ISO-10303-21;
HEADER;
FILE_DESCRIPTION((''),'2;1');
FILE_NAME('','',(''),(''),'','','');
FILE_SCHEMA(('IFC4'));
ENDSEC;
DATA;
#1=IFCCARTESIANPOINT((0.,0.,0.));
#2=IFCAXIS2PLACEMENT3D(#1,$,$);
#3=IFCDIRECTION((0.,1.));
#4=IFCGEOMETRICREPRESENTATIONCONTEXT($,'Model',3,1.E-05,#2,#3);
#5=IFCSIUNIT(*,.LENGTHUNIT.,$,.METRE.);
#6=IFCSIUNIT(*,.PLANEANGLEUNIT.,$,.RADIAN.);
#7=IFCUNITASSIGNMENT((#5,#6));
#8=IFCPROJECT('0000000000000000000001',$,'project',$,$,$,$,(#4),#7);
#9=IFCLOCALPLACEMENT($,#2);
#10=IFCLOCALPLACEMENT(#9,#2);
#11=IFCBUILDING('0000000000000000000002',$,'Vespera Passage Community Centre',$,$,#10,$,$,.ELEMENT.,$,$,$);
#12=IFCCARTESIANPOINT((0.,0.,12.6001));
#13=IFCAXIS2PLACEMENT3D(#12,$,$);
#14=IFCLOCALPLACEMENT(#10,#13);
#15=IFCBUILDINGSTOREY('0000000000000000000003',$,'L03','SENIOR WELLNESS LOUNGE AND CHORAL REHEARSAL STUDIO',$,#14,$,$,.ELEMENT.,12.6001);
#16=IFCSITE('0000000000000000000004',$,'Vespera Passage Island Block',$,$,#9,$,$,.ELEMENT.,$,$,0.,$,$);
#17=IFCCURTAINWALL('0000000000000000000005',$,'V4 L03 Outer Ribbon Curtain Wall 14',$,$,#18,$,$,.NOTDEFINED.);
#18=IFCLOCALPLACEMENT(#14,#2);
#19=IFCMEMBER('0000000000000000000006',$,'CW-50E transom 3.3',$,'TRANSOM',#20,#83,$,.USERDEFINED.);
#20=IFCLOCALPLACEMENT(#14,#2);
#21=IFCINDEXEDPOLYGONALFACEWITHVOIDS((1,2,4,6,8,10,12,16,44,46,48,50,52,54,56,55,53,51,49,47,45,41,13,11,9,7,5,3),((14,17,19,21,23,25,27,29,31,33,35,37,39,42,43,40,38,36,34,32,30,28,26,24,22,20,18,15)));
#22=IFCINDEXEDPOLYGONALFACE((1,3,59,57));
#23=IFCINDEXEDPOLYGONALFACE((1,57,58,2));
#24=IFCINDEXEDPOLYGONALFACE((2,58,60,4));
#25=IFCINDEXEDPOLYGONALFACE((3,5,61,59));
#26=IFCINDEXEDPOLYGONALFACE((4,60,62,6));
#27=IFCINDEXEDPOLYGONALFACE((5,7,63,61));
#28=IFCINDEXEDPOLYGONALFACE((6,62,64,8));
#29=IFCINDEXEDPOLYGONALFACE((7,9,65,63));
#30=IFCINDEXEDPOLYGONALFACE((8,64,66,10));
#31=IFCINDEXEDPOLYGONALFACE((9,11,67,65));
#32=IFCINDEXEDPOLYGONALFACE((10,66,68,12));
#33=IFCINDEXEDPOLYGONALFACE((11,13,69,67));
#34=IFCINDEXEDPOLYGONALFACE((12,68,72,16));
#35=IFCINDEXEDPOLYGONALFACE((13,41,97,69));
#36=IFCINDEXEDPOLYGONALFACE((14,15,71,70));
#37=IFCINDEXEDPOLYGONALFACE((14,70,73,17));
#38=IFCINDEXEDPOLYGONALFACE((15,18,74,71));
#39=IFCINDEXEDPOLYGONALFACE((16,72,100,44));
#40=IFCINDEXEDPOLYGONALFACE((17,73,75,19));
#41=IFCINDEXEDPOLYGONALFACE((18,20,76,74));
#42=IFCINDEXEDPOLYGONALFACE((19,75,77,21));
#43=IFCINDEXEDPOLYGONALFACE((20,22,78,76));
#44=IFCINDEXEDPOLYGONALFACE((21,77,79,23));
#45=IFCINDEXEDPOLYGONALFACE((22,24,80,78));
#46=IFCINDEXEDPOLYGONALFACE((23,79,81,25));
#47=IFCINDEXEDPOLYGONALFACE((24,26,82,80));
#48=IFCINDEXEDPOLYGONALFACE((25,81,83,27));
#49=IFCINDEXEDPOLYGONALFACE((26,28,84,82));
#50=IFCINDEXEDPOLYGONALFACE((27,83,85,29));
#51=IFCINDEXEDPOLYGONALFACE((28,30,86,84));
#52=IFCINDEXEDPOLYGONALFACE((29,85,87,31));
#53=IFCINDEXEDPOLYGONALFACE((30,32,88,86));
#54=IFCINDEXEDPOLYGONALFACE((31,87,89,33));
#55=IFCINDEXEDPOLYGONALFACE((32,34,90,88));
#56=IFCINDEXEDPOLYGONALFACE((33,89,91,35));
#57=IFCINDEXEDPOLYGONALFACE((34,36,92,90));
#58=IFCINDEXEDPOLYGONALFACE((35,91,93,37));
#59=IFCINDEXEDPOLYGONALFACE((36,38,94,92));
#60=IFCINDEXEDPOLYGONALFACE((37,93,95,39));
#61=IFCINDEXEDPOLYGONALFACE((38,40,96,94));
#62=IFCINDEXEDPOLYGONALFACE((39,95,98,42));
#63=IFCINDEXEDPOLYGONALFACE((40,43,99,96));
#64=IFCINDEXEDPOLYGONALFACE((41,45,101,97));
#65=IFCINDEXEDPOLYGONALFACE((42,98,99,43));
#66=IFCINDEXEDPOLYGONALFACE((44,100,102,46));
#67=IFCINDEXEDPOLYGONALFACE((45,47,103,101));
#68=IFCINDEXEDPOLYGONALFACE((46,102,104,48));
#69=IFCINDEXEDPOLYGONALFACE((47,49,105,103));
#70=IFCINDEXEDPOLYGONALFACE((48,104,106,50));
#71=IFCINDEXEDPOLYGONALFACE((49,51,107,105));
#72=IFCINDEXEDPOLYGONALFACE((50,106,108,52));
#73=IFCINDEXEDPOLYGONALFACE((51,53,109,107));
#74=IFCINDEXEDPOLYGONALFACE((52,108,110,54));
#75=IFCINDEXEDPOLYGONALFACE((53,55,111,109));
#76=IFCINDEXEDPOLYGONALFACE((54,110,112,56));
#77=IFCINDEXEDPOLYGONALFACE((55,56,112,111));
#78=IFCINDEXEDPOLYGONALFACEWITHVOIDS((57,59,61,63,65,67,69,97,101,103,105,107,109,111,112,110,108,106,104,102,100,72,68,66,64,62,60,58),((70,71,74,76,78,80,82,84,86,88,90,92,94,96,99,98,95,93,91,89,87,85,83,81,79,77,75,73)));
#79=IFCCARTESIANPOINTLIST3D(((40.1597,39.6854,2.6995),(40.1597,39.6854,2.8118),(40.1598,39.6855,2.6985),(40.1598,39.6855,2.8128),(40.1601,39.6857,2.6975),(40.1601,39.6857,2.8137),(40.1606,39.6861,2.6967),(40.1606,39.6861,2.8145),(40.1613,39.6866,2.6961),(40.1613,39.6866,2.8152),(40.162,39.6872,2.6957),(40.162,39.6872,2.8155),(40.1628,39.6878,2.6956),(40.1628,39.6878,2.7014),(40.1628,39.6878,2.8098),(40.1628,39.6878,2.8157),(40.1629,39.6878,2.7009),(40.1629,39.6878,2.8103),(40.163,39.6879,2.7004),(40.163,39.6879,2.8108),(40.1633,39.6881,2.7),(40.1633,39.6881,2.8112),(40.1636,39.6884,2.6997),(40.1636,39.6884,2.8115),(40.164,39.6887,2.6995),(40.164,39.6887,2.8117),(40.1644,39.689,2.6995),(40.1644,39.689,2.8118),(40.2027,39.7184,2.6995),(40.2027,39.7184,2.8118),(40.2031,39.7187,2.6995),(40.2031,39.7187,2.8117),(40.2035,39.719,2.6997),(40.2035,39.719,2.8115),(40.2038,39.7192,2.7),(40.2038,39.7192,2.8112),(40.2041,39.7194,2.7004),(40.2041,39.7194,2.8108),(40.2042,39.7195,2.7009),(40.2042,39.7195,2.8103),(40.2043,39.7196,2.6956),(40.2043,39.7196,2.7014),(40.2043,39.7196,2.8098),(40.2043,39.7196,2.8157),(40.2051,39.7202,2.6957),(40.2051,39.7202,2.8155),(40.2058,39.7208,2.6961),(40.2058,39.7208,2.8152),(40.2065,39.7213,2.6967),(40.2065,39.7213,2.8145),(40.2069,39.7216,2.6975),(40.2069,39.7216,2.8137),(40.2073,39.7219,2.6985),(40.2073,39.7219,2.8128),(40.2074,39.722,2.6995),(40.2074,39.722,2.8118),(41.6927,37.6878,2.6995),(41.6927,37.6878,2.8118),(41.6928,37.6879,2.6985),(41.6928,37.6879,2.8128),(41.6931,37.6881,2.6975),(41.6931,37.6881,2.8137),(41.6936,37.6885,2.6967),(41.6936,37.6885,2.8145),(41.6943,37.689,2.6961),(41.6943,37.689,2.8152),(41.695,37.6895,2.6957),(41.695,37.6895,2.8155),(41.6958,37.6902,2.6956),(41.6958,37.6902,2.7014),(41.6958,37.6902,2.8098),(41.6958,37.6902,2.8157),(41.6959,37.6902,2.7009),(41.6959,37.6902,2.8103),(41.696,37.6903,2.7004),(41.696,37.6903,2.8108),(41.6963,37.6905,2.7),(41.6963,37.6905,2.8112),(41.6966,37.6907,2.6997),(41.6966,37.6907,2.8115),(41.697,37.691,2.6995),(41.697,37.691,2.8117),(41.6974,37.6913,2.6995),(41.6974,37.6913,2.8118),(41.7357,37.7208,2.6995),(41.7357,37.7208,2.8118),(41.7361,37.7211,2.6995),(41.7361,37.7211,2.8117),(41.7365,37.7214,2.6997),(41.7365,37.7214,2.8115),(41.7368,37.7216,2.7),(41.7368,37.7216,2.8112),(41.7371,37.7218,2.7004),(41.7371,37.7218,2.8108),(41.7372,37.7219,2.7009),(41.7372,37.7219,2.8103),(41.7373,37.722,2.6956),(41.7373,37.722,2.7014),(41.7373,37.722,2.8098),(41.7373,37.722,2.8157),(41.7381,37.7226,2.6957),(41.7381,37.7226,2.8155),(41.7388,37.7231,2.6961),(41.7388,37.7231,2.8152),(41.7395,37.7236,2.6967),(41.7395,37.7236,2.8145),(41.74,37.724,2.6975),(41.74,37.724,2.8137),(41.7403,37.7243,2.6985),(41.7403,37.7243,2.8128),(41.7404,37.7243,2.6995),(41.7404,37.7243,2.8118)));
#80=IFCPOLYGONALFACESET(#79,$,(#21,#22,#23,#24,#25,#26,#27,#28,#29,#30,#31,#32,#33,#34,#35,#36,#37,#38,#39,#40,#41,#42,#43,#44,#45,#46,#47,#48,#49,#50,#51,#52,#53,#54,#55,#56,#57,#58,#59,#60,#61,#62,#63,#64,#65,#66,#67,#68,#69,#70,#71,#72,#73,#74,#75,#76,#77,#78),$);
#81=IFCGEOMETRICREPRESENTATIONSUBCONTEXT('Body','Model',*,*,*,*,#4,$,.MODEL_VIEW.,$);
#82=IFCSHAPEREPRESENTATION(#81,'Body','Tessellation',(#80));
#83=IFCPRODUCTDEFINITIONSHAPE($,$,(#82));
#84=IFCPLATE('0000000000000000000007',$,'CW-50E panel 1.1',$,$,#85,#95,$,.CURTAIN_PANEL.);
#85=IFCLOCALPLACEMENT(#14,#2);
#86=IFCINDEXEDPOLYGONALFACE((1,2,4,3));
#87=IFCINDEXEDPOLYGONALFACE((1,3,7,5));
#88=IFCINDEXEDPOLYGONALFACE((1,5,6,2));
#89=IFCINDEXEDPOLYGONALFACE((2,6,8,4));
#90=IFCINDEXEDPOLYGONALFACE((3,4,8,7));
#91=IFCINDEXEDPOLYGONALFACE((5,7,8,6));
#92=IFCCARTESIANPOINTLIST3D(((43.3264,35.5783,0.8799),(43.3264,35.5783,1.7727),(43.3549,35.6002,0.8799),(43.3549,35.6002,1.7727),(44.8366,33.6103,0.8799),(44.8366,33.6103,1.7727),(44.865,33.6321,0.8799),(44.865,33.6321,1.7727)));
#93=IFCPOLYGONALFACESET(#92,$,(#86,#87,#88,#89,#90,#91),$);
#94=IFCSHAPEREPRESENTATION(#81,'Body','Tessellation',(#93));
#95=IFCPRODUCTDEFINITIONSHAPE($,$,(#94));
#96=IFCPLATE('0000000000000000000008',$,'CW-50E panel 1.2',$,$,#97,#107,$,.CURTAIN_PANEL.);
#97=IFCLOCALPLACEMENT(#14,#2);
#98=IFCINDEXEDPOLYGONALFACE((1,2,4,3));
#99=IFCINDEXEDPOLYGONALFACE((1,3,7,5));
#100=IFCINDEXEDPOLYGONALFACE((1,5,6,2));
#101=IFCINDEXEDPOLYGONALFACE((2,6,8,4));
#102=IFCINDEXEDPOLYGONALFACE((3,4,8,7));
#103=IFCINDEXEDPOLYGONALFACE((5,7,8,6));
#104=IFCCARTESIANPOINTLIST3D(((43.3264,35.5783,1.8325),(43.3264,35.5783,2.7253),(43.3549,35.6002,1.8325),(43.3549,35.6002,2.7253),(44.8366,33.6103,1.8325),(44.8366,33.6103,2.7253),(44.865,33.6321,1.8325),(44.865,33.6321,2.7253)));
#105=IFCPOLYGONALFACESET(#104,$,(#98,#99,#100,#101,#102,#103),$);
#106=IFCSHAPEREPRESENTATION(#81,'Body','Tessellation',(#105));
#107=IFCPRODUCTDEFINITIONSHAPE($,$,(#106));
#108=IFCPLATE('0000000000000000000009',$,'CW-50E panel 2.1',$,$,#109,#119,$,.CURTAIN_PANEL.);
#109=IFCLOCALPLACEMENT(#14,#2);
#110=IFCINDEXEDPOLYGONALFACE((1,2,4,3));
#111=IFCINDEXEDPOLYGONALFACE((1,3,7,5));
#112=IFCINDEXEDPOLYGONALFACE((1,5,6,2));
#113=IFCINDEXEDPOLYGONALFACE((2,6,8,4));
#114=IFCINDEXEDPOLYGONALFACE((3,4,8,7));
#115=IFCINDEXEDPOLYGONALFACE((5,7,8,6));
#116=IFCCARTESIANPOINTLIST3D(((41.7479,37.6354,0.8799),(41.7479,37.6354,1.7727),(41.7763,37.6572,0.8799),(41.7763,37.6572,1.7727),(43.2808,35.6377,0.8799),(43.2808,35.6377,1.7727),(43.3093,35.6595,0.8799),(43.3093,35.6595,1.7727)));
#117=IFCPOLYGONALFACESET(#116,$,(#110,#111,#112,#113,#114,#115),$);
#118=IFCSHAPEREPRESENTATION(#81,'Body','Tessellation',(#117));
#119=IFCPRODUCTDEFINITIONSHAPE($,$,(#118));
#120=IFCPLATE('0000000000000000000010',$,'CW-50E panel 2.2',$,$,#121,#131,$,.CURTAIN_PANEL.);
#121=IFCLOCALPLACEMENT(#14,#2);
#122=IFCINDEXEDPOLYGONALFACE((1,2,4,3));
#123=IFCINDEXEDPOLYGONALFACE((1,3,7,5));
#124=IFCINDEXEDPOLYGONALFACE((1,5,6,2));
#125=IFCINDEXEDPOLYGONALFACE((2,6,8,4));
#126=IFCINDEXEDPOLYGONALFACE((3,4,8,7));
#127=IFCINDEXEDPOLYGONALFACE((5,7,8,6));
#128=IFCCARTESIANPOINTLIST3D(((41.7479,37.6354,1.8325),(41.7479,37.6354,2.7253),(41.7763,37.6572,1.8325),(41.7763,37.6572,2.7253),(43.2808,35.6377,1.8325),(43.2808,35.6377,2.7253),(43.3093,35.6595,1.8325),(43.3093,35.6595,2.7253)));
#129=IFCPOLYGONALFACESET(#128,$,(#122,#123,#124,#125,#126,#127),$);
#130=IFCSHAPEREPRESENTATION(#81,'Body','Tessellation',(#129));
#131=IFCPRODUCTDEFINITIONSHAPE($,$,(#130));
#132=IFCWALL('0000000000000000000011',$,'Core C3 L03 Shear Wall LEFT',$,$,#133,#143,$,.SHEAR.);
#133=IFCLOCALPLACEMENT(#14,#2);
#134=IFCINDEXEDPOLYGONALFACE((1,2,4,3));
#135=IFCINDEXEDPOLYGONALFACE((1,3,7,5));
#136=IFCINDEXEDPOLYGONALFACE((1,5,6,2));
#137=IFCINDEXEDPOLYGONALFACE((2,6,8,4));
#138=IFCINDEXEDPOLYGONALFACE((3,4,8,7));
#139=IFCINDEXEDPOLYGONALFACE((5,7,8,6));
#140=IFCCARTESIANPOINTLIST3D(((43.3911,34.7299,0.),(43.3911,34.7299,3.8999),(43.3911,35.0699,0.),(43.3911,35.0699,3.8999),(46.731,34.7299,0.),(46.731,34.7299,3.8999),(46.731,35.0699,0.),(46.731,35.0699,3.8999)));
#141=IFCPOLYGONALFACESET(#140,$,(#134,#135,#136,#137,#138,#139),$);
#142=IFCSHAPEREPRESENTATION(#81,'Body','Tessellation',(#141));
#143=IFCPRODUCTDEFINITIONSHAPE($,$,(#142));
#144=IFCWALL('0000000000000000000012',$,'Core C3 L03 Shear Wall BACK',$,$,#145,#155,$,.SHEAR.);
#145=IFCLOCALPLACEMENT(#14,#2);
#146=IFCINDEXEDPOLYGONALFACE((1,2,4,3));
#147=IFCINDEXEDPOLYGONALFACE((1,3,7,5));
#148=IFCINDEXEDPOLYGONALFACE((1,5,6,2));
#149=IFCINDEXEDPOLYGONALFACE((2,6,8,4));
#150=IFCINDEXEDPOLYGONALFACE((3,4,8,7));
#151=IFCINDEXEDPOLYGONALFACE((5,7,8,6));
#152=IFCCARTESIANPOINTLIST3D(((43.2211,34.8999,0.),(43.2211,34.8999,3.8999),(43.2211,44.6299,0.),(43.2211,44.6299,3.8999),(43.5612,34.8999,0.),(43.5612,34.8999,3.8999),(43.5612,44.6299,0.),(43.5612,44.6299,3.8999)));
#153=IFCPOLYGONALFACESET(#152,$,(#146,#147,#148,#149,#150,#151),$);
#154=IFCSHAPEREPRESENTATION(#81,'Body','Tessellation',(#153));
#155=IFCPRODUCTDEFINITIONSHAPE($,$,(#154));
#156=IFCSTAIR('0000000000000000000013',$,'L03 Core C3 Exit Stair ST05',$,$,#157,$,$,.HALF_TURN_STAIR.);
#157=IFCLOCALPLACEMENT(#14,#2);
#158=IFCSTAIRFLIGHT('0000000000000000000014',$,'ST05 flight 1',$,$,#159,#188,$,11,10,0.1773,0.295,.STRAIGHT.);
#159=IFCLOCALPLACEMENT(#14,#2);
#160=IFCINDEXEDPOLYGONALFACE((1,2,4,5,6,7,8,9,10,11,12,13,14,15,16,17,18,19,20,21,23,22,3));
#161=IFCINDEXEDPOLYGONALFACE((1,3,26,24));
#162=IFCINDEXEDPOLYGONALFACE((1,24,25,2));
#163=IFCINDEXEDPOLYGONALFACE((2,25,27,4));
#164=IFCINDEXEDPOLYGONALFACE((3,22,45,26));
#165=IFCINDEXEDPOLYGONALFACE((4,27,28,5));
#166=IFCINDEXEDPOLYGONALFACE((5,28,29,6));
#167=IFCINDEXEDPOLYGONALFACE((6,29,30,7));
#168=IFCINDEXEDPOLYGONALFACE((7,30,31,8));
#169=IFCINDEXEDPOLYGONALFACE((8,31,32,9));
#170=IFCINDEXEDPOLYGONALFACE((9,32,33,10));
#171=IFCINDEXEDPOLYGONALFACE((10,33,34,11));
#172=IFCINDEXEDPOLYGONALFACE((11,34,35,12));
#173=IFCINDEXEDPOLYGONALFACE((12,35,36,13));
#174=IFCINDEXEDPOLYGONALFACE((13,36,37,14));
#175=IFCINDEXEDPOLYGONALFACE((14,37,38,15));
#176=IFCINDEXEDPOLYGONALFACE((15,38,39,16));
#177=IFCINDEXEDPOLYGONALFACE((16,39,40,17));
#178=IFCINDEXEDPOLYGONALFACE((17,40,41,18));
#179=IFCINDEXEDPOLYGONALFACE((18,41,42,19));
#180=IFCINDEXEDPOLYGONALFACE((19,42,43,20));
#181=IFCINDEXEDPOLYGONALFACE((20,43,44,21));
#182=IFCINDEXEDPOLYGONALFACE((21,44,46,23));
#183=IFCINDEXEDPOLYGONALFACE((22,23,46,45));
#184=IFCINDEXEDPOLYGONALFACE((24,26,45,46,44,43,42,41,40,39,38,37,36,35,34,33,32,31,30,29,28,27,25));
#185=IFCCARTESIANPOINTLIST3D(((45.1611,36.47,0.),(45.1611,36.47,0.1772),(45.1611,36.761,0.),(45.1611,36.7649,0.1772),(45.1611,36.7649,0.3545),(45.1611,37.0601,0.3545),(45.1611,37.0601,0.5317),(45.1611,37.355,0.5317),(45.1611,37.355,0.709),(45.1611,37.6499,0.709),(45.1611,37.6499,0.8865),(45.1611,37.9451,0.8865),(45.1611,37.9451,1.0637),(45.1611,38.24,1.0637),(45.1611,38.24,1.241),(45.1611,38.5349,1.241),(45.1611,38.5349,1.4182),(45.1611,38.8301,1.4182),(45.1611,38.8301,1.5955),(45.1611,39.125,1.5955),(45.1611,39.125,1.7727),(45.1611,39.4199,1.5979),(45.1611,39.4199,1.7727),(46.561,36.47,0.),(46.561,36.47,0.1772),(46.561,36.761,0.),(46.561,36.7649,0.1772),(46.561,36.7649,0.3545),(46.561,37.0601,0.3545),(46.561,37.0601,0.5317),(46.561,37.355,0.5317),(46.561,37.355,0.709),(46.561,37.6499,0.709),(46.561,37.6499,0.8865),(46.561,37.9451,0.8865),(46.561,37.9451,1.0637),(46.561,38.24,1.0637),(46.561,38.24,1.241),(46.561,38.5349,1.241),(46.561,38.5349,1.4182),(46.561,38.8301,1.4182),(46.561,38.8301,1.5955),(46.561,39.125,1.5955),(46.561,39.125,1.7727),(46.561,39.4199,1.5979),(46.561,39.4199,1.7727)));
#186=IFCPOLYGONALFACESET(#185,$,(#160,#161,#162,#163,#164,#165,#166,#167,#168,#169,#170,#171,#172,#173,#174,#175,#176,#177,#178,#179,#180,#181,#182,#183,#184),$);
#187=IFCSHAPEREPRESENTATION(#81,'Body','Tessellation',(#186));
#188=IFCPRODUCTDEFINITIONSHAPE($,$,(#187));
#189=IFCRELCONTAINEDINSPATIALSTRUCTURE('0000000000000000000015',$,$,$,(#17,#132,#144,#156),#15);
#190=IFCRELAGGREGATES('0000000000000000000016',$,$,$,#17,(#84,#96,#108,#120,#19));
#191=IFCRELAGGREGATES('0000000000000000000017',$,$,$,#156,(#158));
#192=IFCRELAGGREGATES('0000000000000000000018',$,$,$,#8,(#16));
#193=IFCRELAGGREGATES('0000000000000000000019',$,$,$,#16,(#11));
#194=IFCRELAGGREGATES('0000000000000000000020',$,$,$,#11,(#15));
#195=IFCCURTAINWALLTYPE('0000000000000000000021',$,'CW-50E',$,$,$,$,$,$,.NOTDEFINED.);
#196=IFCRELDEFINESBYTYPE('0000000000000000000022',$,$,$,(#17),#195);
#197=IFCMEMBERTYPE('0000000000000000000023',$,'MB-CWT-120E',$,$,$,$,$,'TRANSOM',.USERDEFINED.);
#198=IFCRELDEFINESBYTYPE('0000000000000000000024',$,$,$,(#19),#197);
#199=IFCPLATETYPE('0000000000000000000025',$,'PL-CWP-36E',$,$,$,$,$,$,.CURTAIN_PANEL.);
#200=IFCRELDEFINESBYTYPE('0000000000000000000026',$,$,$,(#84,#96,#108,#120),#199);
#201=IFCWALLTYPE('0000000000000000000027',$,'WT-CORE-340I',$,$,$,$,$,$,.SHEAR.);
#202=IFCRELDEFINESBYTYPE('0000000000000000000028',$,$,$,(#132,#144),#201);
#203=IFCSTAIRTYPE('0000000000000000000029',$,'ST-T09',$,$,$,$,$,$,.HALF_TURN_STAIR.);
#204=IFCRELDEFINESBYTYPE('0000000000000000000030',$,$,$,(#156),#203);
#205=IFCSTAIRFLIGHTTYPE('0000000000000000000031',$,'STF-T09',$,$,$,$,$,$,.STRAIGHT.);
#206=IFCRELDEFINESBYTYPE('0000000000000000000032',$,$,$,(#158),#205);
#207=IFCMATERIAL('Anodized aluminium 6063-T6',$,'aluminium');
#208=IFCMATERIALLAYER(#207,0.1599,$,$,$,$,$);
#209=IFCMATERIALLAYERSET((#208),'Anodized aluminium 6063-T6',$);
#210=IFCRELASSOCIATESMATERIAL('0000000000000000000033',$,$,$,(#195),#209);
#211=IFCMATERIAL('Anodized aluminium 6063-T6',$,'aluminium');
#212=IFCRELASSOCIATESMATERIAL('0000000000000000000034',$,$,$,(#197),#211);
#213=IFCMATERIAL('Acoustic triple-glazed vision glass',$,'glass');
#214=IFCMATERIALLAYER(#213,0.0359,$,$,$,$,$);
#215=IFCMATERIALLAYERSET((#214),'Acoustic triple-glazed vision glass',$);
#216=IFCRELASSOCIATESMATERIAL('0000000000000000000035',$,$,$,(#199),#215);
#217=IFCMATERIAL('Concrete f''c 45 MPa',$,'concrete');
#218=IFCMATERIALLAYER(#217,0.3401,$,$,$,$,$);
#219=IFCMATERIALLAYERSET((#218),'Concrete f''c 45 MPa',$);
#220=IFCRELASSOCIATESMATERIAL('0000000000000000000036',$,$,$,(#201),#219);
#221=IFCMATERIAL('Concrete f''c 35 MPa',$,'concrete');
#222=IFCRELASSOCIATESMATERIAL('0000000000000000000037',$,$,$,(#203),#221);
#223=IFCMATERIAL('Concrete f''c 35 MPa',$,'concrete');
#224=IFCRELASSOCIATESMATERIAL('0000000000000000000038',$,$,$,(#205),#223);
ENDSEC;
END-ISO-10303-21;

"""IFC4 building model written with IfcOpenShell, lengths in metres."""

from ifc_helpers import new_model, si_unit, direction, frame, frame_2d, origin, origin_2d, place, context, subcontext, project, spatial, polyline, rectangle, hollow_rectangle, outline, extrude, material, layer, layer_set, material_profile, profile_set, type_object, element, aggregate, save


model = new_model("IFC4")

# Units and contexts
model_context = context("Model", 3, precision=1e-05, world=origin(), true_north=direction((0.0, 1.0)))
body_context = subcontext(model_context, "Body", "Model", "MODEL_VIEW")
ifc_project = project(units=[si_unit("LENGTHUNIT", "METRE"), si_unit("PLANEANGLEUNIT", "RADIAN")], contexts=[model_context])

# Site, building, storey
site_placement = place(None, origin())
site = spatial("IfcSite", under=ifc_project, at=site_placement, Name="Vespera Passage Island Block", CompositionType="ELEMENT", RefElevation=0.0)
building_placement = place(site_placement, origin())
building = spatial("IfcBuilding", under=site, at=building_placement, Name="Vespera Passage Community Centre", CompositionType="ELEMENT")
storey_placement = place(building_placement, frame((0.0, 0.0, 12.6001)))
storey = spatial("IfcBuildingStorey", under=building, at=storey_placement, Name="L03", Description="SENIOR WELLNESS LOUNGE AND CHORAL REHEARSAL STUDIO", CompositionType="ELEMENT", Elevation=12.6001)

# Curtain wall, member, plates
ifc_material_1 = material(Name="Anodized aluminium 6063-T6", Category="aluminium")
ifc_layer_1 = layer(ifc_material_1, 0.1599)
ifc_layer_set_1 = layer_set([ifc_layer_1], Name="Anodized aluminium 6063-T6")
curtain_wall_type = type_object("IfcCurtainWallType", Name="CW-50E", PredefinedType="NOTDEFINED", material=ifc_layer_set_1)
curtain_wall_placement = place(storey_placement, origin())
curtain_wall = element("IfcCurtainWall", 1, at=curtain_wall_placement, inside=storey, type_object=curtain_wall_type, Name="V4 L03 Outer Ribbon Curtain Wall 14", PredefinedType="NOTDEFINED")
ifc_material_2 = material(Name="Anodized aluminium 6063-T6", Category="aluminium")
ifc_material_profile_1 = material_profile(ifc_material_2, hollow_rectangle(XDim=0.0601, YDim=0.1201, WallThickness=0.0039, InnerFilletRadius=0.002, OuterFilletRadius=0.0039, at=origin_2d()), Name="ALU120X60X4")
ifc_profile_set_1 = profile_set([ifc_material_profile_1], Name="Anodized aluminium 6063-T6")
member_type_1 = type_object("IfcMemberType", Name="MB-CWT-120E", ElementType="TRANSOM", PredefinedType="USERDEFINED", material=ifc_profile_set_1)
member_1_placement = place(storey_placement, frame((41.7166, 37.7061, 2.7556), z_axis=(-0.608806, 0.793319, 0.0), x_axis=(-0.793319, -0.608806, 0.0)))
member_1 = element("IfcMember", 2, at=member_1_placement, type_object=member_type_1, Name="CW-50E transom 3.3", ObjectType="TRANSOM", PredefinedType="USERDEFINED", context=body_context, shape_type="SweptSolid", body=[
    extrude(hollow_rectangle(XDim=0.0601, YDim=0.1201, WallThickness=0.0039, InnerFilletRadius=0.002, OuterFilletRadius=0.0039, at=origin_2d()), origin(), (0.0, 0.0, 1.0), 2.5181),
])
ifc_material_3 = material(Name="Acoustic triple-glazed vision glass", Category="glass")
ifc_layer_2 = layer(ifc_material_3, 0.0359)
ifc_layer_set_2 = layer_set([ifc_layer_2], Name="Acoustic triple-glazed vision glass")
plate_type = type_object("IfcPlateType", Name="PL-CWP-36E", PredefinedType="CURTAIN_PANEL", material=ifc_layer_set_2)
plate_1_placement = place(storey_placement, frame((44.0957, 34.6052, 0.8799), z_axis=(0.0, 0.0, 1.0), x_axis=(-0.608765, 0.79335, 0.0)))
plate_1 = element("IfcPlate", 3, at=plate_1_placement, type_object=plate_type, Name="CW-50E panel 1.1", PredefinedType="CURTAIN_PANEL", context=body_context, shape_type="SweptSolid", body=[
    extrude(rectangle(XDim=2.4807, YDim=0.0359, at=origin_2d()), origin(), (0.0, 0.0, 1.0), 0.8928),
])
plate_2_placement = place(storey_placement, frame((44.0957, 34.6052, 1.8325), z_axis=(0.0, 0.0, 1.0), x_axis=(-0.608765, 0.79335, 0.0)))
plate_2 = element("IfcPlate", 4, at=plate_2_placement, type_object=plate_type, Name="CW-50E panel 1.2", PredefinedType="CURTAIN_PANEL", context=body_context, shape_type="SweptSolid", body=[
    extrude(rectangle(XDim=2.4807, YDim=0.0359, at=origin_2d()), origin(), (0.0, 0.0, 1.0), 0.8928),
])
plate_3_placement = place(storey_placement, frame((42.5286, 36.6475, 0.8799), z_axis=(0.0, 0.0, 1.0), x_axis=(-0.608765, 0.79335, 0.0)))
plate_3 = element("IfcPlate", 5, at=plate_3_placement, type_object=plate_type, Name="CW-50E panel 2.1", PredefinedType="CURTAIN_PANEL", context=body_context, shape_type="SweptSolid", body=[
    extrude(rectangle(XDim=2.5181, YDim=0.0359, at=origin_2d()), origin(), (0.0, 0.0, 1.0), 0.8928),
])
plate_4_placement = place(storey_placement, frame((42.5286, 36.6475, 1.8325), z_axis=(0.0, 0.0, 1.0), x_axis=(-0.608765, 0.79335, 0.0)))
plate_4 = element("IfcPlate", 6, at=plate_4_placement, type_object=plate_type, Name="CW-50E panel 2.2", PredefinedType="CURTAIN_PANEL", context=body_context, shape_type="SweptSolid", body=[
    extrude(rectangle(XDim=2.5181, YDim=0.0359, at=origin_2d()), origin(), (0.0, 0.0, 1.0), 0.8928),
])
aggregate(curtain_wall, [plate_1, plate_2, plate_3, plate_4, member_1])

# Walls
ifc_material_4 = material(Name="Concrete f'c 45 MPa", Category="concrete")
ifc_layer_3 = layer(ifc_material_4, 0.3401)
ifc_layer_set_3 = layer_set([ifc_layer_3], Name="Concrete f'c 45 MPa")
wall_type = type_object("IfcWallType", Name="WT-CORE-340I", PredefinedType="SHEAR", material=ifc_layer_set_3)
wall_1_placement = place(storey_placement, frame((46.731, 34.8999, 0.0), z_axis=(0.0, 0.0, 1.0), x_axis=(-1.0, 0.0, 0.0)))
element("IfcWall", 7, at=wall_1_placement, inside=storey, type_object=wall_type, Name="Core C3 L03 Shear Wall LEFT", PredefinedType="SHEAR", context=body_context, shape_type="SweptSolid", body=[
    extrude(rectangle(XDim=3.3398, YDim=0.3401, at=frame_2d((1.6699, 0.0))), origin(), (0.0, 0.0, 1.0), 3.8999),
])
wall_2_placement = place(storey_placement, frame((43.3911, 34.8999, 0.0), z_axis=(0.0, 0.0, 1.0), x_axis=(0.0, 1.0, 0.0)))
element("IfcWall", 8, at=wall_2_placement, inside=storey, type_object=wall_type, Name="Core C3 L03 Shear Wall BACK", PredefinedType="SHEAR", context=body_context, shape_type="SweptSolid", body=[
    extrude(rectangle(XDim=9.73, YDim=0.3401, at=frame_2d((4.865, 0.0))), origin(), (0.0, 0.0, 1.0), 3.8999),
])

# Stair, stair flight
ifc_material_5 = material(Name="Concrete f'c 35 MPa", Category="concrete")
stair_type = type_object("IfcStairType", Name="ST-T09", PredefinedType="HALF_TURN_STAIR", material=ifc_material_5)
stair_placement = place(storey_placement, origin())
stair = element("IfcStair", 9, at=stair_placement, inside=storey, type_object=stair_type, Name="L03 Core C3 Exit Stair ST05", PredefinedType="HALF_TURN_STAIR")
ifc_material_6 = material(Name="Concrete f'c 35 MPa", Category="concrete")
stair_flight_type = type_object("IfcStairFlightType", Name="STF-T09", PredefinedType="STRAIGHT", material=ifc_material_6)
stair_flight_1_placement = place(storey_placement, frame((45.8611, 36.47, 0.0), z_axis=(0.0, 0.0, 1.0), x_axis=(0.0, 1.0, 0.0)))
stair_flight_1 = element("IfcStairFlight", 10, at=stair_flight_1_placement, type_object=stair_flight_type, Name="ST05 flight 1", NumberOfRisers=11, NumberOfTreads=10, PredefinedType="STRAIGHT", RiserHeight=0.1773, TreadLength=0.295, context=body_context, shape_type="SweptSolid", body=[
    extrude(outline(polyline([(0.0, 0.0), (0.0, 0.1772), (0.2949, 0.1772), (0.2949, 0.3545), (0.5901, 0.3545), (0.5901, 0.5317), (0.885, 0.5317), (0.885, 0.709), (1.1799, 0.709), (1.1799, 0.8865), (1.4751, 0.8865), (1.4751, 1.0637), (1.77, 1.0637), (1.77, 1.241), (2.0649, 1.241), (2.0649, 1.4182), (2.3601, 1.4182), (2.3601, 1.5955), (2.655, 1.5955), (2.655, 1.7727), (2.95, 1.7727), (2.95, 1.95), (2.95, 1.5979), (0.291, 0.0), (0.0, 0.0)])), frame((0.0, 0.7, 0.0), z_axis=(0.0, -1.0, 0.0), x_axis=(1.0, 0.0, 0.0)), (0.0, 0.0, 1.0), 1.3999),
])
aggregate(stair, [stair_flight_1])

save(model, "model.ifc")
